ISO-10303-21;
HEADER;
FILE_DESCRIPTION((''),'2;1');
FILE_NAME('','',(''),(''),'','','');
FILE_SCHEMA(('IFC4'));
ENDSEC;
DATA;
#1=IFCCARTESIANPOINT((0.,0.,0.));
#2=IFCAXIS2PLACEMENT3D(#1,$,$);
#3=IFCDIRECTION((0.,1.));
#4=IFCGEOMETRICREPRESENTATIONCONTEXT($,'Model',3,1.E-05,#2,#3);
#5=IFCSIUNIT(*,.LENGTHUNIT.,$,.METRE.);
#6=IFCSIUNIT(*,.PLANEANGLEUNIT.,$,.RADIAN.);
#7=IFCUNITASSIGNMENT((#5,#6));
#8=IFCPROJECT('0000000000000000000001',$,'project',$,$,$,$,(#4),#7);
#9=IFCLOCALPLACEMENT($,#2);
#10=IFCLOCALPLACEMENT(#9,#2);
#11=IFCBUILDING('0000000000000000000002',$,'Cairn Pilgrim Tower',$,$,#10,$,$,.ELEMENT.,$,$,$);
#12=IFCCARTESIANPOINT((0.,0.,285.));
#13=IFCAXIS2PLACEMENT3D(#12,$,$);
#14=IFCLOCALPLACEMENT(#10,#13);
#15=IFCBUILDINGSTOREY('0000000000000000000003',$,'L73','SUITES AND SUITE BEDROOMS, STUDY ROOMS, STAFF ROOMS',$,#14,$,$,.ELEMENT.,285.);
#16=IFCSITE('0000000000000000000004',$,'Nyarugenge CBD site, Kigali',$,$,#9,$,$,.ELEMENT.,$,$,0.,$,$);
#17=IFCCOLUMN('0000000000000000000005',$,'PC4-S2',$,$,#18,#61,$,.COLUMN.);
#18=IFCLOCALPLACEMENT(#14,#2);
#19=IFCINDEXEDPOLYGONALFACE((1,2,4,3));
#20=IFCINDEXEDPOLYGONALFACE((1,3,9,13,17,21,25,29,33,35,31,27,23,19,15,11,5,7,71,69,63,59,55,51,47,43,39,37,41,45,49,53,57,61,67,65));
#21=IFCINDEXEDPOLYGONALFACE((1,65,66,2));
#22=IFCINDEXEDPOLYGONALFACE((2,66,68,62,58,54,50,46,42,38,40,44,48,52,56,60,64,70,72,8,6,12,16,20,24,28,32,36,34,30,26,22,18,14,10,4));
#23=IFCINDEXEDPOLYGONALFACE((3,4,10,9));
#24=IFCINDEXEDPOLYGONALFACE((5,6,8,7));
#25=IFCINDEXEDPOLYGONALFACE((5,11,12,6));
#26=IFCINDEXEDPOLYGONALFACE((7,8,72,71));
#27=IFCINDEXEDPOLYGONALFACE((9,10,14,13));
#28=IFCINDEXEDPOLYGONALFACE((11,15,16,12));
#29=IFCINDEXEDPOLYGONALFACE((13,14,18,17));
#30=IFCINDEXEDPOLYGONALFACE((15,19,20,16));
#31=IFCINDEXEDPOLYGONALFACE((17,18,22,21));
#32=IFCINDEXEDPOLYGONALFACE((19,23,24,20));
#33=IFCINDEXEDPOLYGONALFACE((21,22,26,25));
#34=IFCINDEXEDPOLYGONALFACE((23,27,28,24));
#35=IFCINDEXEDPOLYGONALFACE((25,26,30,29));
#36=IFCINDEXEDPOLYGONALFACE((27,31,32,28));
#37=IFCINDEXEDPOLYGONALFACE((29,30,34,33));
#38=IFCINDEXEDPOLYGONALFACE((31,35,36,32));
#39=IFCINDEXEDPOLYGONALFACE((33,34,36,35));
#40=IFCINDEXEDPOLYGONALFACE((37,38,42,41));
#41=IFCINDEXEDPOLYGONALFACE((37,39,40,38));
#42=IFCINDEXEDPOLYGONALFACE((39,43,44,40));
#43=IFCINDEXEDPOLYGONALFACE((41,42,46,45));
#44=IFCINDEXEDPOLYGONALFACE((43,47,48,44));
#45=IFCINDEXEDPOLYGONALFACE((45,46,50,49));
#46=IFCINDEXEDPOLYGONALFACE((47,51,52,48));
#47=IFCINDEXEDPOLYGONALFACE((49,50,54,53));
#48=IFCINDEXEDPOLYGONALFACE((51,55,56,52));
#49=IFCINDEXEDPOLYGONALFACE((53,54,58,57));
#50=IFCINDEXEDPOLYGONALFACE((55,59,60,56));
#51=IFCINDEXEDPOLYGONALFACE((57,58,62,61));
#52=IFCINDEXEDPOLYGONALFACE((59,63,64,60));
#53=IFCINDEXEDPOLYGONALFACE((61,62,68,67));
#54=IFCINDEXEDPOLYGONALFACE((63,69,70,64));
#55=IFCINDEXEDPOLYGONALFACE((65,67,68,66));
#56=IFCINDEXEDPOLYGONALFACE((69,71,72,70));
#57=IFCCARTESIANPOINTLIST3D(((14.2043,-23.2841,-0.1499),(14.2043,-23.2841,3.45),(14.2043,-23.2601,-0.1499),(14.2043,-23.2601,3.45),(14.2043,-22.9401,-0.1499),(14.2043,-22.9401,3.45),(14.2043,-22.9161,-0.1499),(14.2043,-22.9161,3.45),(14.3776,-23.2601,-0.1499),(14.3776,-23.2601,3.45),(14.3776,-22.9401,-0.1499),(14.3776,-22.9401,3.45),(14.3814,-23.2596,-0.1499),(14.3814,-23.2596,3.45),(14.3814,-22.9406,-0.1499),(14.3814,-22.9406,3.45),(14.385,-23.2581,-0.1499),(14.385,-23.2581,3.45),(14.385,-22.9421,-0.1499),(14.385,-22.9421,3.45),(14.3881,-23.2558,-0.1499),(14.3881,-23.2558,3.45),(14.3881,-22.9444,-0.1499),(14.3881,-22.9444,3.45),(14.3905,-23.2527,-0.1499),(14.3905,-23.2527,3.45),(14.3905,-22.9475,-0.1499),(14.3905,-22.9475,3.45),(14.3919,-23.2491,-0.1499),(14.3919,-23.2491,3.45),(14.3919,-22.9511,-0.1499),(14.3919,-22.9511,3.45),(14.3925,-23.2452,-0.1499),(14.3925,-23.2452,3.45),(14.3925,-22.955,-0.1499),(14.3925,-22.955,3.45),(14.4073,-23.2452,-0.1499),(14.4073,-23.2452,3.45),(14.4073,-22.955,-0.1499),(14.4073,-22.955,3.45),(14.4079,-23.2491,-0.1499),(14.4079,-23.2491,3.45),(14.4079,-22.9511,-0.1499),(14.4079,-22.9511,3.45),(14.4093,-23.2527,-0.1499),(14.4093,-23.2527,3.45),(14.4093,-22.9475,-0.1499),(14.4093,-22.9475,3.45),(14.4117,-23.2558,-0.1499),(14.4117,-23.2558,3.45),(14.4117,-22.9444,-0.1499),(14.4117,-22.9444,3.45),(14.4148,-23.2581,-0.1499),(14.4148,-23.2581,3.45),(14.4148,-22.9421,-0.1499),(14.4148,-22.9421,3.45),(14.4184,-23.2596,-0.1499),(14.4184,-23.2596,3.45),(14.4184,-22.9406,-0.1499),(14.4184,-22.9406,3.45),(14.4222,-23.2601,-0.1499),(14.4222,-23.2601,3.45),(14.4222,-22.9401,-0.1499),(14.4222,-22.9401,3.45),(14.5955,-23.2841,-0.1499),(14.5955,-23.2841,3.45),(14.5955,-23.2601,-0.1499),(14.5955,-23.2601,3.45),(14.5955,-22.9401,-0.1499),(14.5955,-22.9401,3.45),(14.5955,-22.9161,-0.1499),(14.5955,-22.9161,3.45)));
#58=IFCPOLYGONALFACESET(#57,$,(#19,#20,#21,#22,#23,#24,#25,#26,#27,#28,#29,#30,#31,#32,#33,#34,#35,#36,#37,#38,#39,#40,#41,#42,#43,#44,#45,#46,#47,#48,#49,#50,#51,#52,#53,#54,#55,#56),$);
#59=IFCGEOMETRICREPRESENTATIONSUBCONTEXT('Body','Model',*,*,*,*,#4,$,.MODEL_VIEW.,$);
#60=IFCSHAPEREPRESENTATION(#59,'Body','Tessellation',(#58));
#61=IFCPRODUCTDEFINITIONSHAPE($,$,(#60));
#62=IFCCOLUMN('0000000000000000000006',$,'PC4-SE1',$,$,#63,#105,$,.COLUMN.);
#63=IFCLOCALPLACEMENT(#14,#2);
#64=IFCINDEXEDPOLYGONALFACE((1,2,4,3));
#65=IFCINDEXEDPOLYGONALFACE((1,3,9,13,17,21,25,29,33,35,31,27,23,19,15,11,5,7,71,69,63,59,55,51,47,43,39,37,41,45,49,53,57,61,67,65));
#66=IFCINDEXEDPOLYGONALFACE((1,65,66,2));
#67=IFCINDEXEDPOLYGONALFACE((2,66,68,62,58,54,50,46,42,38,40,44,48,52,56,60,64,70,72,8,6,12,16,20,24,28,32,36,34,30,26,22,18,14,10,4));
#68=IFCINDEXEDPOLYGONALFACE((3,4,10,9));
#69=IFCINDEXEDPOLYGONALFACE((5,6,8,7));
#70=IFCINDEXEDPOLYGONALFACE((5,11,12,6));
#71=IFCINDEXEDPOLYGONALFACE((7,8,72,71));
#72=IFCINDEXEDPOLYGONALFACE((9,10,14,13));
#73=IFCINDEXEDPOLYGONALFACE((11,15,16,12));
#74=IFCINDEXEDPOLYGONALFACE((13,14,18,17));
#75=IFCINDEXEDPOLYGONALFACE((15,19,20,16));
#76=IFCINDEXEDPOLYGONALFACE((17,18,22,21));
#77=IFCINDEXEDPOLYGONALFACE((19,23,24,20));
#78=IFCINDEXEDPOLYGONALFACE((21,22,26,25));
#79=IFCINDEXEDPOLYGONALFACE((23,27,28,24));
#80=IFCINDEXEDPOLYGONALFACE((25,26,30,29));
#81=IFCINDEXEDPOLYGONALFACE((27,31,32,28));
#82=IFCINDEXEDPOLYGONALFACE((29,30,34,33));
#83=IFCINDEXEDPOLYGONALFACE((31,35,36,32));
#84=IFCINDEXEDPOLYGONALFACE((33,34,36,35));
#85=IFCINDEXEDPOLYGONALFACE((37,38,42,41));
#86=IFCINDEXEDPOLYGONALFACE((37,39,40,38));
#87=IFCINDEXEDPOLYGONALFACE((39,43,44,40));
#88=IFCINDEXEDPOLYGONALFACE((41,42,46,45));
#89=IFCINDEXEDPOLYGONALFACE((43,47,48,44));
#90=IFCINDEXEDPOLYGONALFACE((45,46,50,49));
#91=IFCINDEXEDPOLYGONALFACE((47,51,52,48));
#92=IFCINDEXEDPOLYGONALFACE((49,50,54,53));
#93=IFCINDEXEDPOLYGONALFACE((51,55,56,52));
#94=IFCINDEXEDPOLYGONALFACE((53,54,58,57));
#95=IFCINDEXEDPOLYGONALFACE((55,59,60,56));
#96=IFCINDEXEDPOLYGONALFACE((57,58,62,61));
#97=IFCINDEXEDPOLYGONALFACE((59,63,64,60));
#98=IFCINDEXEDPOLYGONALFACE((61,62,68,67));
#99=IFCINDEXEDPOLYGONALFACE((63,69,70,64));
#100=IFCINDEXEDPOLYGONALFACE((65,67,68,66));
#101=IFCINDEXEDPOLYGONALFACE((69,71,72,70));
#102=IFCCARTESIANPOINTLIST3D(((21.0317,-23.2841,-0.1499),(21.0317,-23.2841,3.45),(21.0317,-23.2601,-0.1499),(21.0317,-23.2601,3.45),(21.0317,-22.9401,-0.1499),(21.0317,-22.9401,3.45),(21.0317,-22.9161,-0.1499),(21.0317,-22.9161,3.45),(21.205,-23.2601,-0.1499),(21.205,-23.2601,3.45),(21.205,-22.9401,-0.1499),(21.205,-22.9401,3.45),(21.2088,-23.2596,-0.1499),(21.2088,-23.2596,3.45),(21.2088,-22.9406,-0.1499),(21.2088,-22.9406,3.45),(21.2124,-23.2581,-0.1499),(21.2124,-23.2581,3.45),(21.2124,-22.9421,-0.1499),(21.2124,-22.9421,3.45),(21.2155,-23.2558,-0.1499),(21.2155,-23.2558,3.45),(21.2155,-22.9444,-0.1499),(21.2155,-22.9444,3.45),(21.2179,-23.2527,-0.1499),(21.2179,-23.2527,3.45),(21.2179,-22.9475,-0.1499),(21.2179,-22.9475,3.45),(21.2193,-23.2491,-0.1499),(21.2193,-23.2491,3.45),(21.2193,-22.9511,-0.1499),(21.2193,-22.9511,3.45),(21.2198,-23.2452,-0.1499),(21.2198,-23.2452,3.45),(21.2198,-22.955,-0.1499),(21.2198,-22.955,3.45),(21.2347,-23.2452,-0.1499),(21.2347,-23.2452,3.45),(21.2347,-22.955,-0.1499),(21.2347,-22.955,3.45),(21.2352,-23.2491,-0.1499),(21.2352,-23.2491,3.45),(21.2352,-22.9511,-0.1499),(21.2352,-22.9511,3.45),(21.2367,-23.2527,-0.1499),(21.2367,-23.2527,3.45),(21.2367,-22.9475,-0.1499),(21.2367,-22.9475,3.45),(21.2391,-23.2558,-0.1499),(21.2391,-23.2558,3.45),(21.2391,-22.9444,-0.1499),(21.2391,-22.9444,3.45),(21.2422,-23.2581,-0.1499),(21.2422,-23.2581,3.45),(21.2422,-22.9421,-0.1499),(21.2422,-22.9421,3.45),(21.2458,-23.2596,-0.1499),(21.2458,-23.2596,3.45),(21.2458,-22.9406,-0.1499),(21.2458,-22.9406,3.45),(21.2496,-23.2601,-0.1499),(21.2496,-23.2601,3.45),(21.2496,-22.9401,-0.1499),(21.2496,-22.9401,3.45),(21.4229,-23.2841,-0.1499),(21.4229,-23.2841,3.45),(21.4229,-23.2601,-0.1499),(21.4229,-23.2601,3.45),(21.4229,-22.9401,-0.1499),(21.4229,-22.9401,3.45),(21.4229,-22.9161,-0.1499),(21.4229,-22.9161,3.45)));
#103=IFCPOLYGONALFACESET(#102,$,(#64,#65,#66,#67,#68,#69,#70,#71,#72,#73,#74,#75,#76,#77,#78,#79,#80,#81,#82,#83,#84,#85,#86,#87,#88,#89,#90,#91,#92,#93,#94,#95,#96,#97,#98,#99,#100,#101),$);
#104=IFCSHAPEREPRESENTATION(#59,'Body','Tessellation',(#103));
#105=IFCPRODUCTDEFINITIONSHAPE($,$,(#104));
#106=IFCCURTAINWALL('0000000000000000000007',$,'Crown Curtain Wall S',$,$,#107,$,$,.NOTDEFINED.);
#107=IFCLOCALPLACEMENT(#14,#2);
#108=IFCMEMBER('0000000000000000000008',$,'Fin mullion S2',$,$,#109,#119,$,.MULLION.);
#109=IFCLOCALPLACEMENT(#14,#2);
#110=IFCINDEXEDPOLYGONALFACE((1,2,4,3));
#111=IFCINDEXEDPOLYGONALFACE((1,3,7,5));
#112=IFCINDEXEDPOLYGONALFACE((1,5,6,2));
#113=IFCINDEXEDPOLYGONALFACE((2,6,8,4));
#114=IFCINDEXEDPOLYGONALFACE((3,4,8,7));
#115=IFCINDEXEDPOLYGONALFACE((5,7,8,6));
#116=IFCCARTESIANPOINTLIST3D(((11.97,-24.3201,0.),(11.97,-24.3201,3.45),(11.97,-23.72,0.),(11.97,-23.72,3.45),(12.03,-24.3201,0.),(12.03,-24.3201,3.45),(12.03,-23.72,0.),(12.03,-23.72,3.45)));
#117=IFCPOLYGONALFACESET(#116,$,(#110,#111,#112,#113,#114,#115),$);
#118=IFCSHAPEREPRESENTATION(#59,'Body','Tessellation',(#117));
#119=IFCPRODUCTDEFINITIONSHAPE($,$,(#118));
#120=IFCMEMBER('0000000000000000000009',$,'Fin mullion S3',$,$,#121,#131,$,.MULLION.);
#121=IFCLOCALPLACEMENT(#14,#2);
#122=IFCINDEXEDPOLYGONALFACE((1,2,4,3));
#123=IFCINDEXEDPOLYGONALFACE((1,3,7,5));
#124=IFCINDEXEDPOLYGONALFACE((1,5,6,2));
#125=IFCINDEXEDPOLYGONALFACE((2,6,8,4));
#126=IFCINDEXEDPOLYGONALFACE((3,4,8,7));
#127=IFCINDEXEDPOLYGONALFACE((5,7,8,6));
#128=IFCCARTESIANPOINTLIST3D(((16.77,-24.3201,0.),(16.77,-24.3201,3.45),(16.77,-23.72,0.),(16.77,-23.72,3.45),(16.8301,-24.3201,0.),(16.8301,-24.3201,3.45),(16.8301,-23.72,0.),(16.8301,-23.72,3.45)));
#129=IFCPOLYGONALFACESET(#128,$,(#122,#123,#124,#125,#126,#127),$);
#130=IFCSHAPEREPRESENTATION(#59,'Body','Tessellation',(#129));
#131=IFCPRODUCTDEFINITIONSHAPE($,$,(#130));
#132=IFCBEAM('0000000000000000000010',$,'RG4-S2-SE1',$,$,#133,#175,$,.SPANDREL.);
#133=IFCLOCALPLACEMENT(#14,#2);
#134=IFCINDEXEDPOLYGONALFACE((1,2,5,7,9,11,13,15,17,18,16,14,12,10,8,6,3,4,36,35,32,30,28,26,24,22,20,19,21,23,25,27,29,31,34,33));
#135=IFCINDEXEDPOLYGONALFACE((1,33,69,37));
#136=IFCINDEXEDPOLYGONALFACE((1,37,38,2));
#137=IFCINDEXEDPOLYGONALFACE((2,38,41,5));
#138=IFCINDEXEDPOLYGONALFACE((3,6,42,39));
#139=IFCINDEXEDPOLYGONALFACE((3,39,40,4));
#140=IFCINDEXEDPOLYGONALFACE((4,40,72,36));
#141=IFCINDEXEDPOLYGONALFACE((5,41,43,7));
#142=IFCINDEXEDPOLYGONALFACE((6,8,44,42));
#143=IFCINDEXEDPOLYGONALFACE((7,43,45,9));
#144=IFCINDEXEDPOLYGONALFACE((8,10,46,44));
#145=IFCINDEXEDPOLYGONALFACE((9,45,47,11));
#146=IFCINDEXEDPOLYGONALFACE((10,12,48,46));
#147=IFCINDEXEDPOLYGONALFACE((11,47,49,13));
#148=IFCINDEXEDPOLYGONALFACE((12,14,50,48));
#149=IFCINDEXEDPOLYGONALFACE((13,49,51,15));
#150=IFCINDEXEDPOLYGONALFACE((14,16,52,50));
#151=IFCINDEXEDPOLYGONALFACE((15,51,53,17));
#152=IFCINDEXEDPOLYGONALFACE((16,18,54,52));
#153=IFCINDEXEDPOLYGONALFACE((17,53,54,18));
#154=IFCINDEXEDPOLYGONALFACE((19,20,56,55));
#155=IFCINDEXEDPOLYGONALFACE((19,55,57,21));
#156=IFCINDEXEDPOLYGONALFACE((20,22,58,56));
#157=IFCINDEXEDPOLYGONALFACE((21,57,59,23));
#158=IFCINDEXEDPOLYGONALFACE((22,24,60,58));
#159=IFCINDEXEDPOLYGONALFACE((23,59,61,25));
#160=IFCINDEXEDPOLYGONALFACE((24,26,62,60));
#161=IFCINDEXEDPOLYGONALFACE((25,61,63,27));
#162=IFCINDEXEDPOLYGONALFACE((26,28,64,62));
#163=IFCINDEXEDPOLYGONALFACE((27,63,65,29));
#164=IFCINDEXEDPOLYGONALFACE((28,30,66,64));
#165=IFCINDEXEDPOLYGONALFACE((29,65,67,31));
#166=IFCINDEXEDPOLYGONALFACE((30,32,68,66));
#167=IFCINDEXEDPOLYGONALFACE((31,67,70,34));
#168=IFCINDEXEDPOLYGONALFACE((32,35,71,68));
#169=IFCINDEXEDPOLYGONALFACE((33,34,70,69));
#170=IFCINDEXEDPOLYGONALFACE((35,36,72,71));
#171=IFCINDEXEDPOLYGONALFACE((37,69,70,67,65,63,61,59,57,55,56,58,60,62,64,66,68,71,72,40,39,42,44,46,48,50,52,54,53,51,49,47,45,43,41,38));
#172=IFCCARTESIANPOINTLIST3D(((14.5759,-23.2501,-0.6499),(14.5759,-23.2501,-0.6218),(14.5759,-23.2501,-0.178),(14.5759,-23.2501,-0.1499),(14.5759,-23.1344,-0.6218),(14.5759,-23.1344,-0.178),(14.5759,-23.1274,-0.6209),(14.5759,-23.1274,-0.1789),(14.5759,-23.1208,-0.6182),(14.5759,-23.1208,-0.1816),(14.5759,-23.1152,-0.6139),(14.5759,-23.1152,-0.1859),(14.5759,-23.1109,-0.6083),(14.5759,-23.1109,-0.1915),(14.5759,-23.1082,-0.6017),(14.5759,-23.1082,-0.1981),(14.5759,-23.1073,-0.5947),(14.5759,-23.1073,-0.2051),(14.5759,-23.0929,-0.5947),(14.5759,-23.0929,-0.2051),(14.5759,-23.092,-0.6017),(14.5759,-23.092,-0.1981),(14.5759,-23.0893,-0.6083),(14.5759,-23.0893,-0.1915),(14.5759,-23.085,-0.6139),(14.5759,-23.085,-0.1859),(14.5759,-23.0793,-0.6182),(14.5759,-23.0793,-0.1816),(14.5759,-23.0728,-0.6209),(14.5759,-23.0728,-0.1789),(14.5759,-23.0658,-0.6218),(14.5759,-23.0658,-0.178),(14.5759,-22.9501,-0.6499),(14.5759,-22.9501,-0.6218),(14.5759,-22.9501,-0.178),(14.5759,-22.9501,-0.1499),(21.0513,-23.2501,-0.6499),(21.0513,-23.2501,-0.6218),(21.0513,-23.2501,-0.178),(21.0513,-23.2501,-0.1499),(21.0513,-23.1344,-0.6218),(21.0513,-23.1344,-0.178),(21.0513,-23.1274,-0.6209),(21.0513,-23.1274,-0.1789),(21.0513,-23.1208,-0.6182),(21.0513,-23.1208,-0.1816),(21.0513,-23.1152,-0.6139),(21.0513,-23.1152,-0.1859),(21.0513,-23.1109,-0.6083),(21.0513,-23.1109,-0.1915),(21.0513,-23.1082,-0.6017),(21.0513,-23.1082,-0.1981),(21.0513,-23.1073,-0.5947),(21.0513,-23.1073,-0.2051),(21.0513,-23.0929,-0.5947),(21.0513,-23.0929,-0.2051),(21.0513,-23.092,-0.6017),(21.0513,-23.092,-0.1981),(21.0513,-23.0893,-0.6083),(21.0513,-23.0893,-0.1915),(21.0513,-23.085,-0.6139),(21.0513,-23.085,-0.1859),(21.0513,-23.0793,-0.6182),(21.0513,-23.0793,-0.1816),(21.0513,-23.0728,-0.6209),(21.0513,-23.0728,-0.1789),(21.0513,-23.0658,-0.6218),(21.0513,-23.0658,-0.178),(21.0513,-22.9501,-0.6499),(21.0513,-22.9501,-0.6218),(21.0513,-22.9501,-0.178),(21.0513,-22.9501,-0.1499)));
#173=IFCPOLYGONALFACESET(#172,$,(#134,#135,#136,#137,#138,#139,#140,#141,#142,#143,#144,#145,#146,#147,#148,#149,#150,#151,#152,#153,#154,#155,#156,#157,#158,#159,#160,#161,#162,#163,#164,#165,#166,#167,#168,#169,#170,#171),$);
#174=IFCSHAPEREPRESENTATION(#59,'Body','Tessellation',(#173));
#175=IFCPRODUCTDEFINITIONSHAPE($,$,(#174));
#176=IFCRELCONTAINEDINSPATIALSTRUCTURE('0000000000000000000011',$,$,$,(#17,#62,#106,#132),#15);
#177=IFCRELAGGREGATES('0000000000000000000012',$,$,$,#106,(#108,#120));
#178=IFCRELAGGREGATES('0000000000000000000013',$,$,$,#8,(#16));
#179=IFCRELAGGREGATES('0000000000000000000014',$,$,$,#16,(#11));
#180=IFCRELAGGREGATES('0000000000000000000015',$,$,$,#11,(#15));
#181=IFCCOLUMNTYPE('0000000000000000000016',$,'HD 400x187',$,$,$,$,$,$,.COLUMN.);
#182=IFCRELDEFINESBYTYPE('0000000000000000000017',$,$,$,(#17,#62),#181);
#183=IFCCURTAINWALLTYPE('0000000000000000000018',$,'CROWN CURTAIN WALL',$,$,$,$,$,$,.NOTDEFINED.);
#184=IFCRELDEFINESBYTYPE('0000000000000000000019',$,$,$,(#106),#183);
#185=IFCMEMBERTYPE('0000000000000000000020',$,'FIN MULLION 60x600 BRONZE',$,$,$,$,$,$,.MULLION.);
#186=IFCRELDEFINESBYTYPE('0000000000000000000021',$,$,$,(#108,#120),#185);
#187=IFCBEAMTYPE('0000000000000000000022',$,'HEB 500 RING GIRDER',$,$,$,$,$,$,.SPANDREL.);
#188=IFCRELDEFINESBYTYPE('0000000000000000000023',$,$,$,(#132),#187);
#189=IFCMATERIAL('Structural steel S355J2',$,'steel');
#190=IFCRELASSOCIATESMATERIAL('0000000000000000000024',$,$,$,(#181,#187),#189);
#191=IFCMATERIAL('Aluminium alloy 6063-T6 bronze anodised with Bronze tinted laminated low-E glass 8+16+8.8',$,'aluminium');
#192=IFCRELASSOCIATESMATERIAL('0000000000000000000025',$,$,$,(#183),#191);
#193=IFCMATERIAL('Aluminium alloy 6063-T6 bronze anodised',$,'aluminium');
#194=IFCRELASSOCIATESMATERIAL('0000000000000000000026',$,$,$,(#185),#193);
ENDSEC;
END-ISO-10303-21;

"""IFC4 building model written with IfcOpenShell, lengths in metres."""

from ifc_helpers import new_model, si_unit, direction, frame, origin, origin_2d, place, context, subcontext, project, spatial, rectangle, i_section, extrude, material, material_profile, profile_set, type_object, element, aggregate, save


model = new_model("IFC4")

# Units and contexts
model_context = context("Model", 3, precision=1e-05, world=origin(), true_north=direction((0.0, 1.0)))
body_context = subcontext(model_context, "Body", "Model", "MODEL_VIEW")
ifc_project = project(units=[si_unit("LENGTHUNIT", "METRE"), si_unit("PLANEANGLEUNIT", "RADIAN")], contexts=[model_context])

# Site, building, storey
site_placement = place(None, origin())
site = spatial("IfcSite", under=ifc_project, at=site_placement, Name="Nyarugenge CBD site, Kigali", CompositionType="ELEMENT", RefElevation=0.0)
building_placement = place(site_placement, origin())
building = spatial("IfcBuilding", under=site, at=building_placement, Name="Cairn Pilgrim Tower", CompositionType="ELEMENT")
storey_placement = place(building_placement, frame((0.0, 0.0, 285.0)))
storey = spatial("IfcBuildingStorey", under=building, at=storey_placement, Name="L73", Description="SUITES AND SUITE BEDROOMS, STUDY ROOMS, STAFF ROOMS", CompositionType="ELEMENT", Elevation=285.0)

# Columns
ifc_material_1 = material(Name="Structural steel S355J2", Category="steel")
ifc_material_profile_1 = material_profile(ifc_material_1, i_section(OverallWidth=0.3911, OverallDepth=0.3679, WebThickness=0.0149, FlangeThickness=0.0239, FilletRadius=0.0149, at=origin_2d()), Name="HD 400x187")
ifc_profile_set_1 = profile_set([ifc_material_profile_1], Name="Structural steel S355J2")
column_type = type_object("IfcColumnType", Name="HD 400x187", PredefinedType="COLUMN", material=ifc_profile_set_1)
for number, where, z_axis, x_axis, name in (
    (1, (14.3999, -23.1001, -0.1499), (0.0, 0.0, 1.0), (1.0, 0.0, 0.0), "PC4-S2"),
    (2, (21.2273, -23.1001, -0.1499), (0.0, 0.0, 1.0), (1.0, 0.0, 0.0), "PC4-SE1"),
):
    element("IfcColumn", number, at=place(storey_placement, frame(where, z_axis=z_axis, x_axis=x_axis)), inside=storey, type_object=column_type, Name=name, PredefinedType="COLUMN", context=body_context, shape_type="SweptSolid", body=[
        extrude(i_section(OverallWidth=0.3911, OverallDepth=0.3679, WebThickness=0.0149, FlangeThickness=0.0239, FilletRadius=0.0149, at=origin_2d()), origin(), (0.0, 0.0, 1.0), 3.5999),
    ])

# Curtain wall, members
ifc_material_2 = material(Name="Aluminium alloy 6063-T6 bronze anodised with Bronze tinted laminated low-E glass 8+16+8.8", Category="aluminium")
curtain_wall_type = type_object("IfcCurtainWallType", Name="CROWN CURTAIN WALL", PredefinedType="NOTDEFINED", material=ifc_material_2)
curtain_wall_placement = place(storey_placement, origin())
curtain_wall = element("IfcCurtainWall", 3, at=curtain_wall_placement, inside=storey, type_object=curtain_wall_type, Name="Crown Curtain Wall S", PredefinedType="NOTDEFINED")
ifc_material_3 = material(Name="Aluminium alloy 6063-T6 bronze anodised", Category="aluminium")
ifc_material_profile_2 = material_profile(ifc_material_3, rectangle(XDim=0.6001, YDim=0.0601, at=origin_2d()), Name="FIN MULLION 60x600 BRONZE")
ifc_profile_set_2 = profile_set([ifc_material_profile_2], Name="Aluminium alloy 6063-T6 bronze anodised")
member_type_1 = type_object("IfcMemberType", Name="FIN MULLION 60x600 BRONZE", PredefinedType="MULLION", material=ifc_profile_set_2)
member_1_placement = place(storey_placement, frame((12.0, -24.02, 0.0), z_axis=(0.0, 0.0, 1.0), x_axis=(0.0, -1.0, 0.0)))
member_1 = element("IfcMember", 4, at=member_1_placement, type_object=member_type_1, Name="Fin mullion S2", PredefinedType="MULLION", context=body_context, shape_type="SweptSolid", body=[
    extrude(rectangle(XDim=0.6001, YDim=0.0601, at=origin_2d()), origin(), (0.0, 0.0, 1.0), 3.45),
])
member_2_placement = place(storey_placement, frame((16.8, -24.02, 0.0), z_axis=(0.0, 0.0, 1.0), x_axis=(0.0, -1.0, 0.0)))
member_2 = element("IfcMember", 5, at=member_2_placement, type_object=member_type_1, Name="Fin mullion S3", PredefinedType="MULLION", context=body_context, shape_type="SweptSolid", body=[
    extrude(rectangle(XDim=0.6001, YDim=0.0601, at=origin_2d()), origin(), (0.0, 0.0, 1.0), 3.45),
])

# Beam
ifc_material_profile_3 = material_profile(ifc_material_1, i_section(OverallWidth=0.3, OverallDepth=0.5, WebThickness=0.0144, FlangeThickness=0.0281, FilletRadius=0.0271, at=origin_2d()), Name="HEB 500")
ifc_profile_set_3 = profile_set([ifc_material_profile_3], Name="Structural steel S355J2")
beam_type_1 = type_object("IfcBeamType", Name="HEB 500 RING GIRDER", PredefinedType="SPANDREL", material=ifc_profile_set_3)
beam_1_placement = place(storey_placement, frame((14.5759, -23.1001, -0.3999), z_axis=(1.0, 0.0, 0.0), x_axis=(0.0, 1.0, 0.0)))
element("IfcBeam", 6, at=beam_1_placement, inside=storey, type_object=beam_type_1, Name="RG4-S2-SE1", PredefinedType="SPANDREL", context=body_context, shape_type="SweptSolid", body=[
    extrude(i_section(OverallWidth=0.3, OverallDepth=0.5, WebThickness=0.0144, FlangeThickness=0.0281, FilletRadius=0.0271, at=origin_2d()), origin(), (0.0, 0.0, 1.0), 6.4753),
])

aggregate(curtain_wall, [member_1, member_2])

save(model, "model.ifc")
